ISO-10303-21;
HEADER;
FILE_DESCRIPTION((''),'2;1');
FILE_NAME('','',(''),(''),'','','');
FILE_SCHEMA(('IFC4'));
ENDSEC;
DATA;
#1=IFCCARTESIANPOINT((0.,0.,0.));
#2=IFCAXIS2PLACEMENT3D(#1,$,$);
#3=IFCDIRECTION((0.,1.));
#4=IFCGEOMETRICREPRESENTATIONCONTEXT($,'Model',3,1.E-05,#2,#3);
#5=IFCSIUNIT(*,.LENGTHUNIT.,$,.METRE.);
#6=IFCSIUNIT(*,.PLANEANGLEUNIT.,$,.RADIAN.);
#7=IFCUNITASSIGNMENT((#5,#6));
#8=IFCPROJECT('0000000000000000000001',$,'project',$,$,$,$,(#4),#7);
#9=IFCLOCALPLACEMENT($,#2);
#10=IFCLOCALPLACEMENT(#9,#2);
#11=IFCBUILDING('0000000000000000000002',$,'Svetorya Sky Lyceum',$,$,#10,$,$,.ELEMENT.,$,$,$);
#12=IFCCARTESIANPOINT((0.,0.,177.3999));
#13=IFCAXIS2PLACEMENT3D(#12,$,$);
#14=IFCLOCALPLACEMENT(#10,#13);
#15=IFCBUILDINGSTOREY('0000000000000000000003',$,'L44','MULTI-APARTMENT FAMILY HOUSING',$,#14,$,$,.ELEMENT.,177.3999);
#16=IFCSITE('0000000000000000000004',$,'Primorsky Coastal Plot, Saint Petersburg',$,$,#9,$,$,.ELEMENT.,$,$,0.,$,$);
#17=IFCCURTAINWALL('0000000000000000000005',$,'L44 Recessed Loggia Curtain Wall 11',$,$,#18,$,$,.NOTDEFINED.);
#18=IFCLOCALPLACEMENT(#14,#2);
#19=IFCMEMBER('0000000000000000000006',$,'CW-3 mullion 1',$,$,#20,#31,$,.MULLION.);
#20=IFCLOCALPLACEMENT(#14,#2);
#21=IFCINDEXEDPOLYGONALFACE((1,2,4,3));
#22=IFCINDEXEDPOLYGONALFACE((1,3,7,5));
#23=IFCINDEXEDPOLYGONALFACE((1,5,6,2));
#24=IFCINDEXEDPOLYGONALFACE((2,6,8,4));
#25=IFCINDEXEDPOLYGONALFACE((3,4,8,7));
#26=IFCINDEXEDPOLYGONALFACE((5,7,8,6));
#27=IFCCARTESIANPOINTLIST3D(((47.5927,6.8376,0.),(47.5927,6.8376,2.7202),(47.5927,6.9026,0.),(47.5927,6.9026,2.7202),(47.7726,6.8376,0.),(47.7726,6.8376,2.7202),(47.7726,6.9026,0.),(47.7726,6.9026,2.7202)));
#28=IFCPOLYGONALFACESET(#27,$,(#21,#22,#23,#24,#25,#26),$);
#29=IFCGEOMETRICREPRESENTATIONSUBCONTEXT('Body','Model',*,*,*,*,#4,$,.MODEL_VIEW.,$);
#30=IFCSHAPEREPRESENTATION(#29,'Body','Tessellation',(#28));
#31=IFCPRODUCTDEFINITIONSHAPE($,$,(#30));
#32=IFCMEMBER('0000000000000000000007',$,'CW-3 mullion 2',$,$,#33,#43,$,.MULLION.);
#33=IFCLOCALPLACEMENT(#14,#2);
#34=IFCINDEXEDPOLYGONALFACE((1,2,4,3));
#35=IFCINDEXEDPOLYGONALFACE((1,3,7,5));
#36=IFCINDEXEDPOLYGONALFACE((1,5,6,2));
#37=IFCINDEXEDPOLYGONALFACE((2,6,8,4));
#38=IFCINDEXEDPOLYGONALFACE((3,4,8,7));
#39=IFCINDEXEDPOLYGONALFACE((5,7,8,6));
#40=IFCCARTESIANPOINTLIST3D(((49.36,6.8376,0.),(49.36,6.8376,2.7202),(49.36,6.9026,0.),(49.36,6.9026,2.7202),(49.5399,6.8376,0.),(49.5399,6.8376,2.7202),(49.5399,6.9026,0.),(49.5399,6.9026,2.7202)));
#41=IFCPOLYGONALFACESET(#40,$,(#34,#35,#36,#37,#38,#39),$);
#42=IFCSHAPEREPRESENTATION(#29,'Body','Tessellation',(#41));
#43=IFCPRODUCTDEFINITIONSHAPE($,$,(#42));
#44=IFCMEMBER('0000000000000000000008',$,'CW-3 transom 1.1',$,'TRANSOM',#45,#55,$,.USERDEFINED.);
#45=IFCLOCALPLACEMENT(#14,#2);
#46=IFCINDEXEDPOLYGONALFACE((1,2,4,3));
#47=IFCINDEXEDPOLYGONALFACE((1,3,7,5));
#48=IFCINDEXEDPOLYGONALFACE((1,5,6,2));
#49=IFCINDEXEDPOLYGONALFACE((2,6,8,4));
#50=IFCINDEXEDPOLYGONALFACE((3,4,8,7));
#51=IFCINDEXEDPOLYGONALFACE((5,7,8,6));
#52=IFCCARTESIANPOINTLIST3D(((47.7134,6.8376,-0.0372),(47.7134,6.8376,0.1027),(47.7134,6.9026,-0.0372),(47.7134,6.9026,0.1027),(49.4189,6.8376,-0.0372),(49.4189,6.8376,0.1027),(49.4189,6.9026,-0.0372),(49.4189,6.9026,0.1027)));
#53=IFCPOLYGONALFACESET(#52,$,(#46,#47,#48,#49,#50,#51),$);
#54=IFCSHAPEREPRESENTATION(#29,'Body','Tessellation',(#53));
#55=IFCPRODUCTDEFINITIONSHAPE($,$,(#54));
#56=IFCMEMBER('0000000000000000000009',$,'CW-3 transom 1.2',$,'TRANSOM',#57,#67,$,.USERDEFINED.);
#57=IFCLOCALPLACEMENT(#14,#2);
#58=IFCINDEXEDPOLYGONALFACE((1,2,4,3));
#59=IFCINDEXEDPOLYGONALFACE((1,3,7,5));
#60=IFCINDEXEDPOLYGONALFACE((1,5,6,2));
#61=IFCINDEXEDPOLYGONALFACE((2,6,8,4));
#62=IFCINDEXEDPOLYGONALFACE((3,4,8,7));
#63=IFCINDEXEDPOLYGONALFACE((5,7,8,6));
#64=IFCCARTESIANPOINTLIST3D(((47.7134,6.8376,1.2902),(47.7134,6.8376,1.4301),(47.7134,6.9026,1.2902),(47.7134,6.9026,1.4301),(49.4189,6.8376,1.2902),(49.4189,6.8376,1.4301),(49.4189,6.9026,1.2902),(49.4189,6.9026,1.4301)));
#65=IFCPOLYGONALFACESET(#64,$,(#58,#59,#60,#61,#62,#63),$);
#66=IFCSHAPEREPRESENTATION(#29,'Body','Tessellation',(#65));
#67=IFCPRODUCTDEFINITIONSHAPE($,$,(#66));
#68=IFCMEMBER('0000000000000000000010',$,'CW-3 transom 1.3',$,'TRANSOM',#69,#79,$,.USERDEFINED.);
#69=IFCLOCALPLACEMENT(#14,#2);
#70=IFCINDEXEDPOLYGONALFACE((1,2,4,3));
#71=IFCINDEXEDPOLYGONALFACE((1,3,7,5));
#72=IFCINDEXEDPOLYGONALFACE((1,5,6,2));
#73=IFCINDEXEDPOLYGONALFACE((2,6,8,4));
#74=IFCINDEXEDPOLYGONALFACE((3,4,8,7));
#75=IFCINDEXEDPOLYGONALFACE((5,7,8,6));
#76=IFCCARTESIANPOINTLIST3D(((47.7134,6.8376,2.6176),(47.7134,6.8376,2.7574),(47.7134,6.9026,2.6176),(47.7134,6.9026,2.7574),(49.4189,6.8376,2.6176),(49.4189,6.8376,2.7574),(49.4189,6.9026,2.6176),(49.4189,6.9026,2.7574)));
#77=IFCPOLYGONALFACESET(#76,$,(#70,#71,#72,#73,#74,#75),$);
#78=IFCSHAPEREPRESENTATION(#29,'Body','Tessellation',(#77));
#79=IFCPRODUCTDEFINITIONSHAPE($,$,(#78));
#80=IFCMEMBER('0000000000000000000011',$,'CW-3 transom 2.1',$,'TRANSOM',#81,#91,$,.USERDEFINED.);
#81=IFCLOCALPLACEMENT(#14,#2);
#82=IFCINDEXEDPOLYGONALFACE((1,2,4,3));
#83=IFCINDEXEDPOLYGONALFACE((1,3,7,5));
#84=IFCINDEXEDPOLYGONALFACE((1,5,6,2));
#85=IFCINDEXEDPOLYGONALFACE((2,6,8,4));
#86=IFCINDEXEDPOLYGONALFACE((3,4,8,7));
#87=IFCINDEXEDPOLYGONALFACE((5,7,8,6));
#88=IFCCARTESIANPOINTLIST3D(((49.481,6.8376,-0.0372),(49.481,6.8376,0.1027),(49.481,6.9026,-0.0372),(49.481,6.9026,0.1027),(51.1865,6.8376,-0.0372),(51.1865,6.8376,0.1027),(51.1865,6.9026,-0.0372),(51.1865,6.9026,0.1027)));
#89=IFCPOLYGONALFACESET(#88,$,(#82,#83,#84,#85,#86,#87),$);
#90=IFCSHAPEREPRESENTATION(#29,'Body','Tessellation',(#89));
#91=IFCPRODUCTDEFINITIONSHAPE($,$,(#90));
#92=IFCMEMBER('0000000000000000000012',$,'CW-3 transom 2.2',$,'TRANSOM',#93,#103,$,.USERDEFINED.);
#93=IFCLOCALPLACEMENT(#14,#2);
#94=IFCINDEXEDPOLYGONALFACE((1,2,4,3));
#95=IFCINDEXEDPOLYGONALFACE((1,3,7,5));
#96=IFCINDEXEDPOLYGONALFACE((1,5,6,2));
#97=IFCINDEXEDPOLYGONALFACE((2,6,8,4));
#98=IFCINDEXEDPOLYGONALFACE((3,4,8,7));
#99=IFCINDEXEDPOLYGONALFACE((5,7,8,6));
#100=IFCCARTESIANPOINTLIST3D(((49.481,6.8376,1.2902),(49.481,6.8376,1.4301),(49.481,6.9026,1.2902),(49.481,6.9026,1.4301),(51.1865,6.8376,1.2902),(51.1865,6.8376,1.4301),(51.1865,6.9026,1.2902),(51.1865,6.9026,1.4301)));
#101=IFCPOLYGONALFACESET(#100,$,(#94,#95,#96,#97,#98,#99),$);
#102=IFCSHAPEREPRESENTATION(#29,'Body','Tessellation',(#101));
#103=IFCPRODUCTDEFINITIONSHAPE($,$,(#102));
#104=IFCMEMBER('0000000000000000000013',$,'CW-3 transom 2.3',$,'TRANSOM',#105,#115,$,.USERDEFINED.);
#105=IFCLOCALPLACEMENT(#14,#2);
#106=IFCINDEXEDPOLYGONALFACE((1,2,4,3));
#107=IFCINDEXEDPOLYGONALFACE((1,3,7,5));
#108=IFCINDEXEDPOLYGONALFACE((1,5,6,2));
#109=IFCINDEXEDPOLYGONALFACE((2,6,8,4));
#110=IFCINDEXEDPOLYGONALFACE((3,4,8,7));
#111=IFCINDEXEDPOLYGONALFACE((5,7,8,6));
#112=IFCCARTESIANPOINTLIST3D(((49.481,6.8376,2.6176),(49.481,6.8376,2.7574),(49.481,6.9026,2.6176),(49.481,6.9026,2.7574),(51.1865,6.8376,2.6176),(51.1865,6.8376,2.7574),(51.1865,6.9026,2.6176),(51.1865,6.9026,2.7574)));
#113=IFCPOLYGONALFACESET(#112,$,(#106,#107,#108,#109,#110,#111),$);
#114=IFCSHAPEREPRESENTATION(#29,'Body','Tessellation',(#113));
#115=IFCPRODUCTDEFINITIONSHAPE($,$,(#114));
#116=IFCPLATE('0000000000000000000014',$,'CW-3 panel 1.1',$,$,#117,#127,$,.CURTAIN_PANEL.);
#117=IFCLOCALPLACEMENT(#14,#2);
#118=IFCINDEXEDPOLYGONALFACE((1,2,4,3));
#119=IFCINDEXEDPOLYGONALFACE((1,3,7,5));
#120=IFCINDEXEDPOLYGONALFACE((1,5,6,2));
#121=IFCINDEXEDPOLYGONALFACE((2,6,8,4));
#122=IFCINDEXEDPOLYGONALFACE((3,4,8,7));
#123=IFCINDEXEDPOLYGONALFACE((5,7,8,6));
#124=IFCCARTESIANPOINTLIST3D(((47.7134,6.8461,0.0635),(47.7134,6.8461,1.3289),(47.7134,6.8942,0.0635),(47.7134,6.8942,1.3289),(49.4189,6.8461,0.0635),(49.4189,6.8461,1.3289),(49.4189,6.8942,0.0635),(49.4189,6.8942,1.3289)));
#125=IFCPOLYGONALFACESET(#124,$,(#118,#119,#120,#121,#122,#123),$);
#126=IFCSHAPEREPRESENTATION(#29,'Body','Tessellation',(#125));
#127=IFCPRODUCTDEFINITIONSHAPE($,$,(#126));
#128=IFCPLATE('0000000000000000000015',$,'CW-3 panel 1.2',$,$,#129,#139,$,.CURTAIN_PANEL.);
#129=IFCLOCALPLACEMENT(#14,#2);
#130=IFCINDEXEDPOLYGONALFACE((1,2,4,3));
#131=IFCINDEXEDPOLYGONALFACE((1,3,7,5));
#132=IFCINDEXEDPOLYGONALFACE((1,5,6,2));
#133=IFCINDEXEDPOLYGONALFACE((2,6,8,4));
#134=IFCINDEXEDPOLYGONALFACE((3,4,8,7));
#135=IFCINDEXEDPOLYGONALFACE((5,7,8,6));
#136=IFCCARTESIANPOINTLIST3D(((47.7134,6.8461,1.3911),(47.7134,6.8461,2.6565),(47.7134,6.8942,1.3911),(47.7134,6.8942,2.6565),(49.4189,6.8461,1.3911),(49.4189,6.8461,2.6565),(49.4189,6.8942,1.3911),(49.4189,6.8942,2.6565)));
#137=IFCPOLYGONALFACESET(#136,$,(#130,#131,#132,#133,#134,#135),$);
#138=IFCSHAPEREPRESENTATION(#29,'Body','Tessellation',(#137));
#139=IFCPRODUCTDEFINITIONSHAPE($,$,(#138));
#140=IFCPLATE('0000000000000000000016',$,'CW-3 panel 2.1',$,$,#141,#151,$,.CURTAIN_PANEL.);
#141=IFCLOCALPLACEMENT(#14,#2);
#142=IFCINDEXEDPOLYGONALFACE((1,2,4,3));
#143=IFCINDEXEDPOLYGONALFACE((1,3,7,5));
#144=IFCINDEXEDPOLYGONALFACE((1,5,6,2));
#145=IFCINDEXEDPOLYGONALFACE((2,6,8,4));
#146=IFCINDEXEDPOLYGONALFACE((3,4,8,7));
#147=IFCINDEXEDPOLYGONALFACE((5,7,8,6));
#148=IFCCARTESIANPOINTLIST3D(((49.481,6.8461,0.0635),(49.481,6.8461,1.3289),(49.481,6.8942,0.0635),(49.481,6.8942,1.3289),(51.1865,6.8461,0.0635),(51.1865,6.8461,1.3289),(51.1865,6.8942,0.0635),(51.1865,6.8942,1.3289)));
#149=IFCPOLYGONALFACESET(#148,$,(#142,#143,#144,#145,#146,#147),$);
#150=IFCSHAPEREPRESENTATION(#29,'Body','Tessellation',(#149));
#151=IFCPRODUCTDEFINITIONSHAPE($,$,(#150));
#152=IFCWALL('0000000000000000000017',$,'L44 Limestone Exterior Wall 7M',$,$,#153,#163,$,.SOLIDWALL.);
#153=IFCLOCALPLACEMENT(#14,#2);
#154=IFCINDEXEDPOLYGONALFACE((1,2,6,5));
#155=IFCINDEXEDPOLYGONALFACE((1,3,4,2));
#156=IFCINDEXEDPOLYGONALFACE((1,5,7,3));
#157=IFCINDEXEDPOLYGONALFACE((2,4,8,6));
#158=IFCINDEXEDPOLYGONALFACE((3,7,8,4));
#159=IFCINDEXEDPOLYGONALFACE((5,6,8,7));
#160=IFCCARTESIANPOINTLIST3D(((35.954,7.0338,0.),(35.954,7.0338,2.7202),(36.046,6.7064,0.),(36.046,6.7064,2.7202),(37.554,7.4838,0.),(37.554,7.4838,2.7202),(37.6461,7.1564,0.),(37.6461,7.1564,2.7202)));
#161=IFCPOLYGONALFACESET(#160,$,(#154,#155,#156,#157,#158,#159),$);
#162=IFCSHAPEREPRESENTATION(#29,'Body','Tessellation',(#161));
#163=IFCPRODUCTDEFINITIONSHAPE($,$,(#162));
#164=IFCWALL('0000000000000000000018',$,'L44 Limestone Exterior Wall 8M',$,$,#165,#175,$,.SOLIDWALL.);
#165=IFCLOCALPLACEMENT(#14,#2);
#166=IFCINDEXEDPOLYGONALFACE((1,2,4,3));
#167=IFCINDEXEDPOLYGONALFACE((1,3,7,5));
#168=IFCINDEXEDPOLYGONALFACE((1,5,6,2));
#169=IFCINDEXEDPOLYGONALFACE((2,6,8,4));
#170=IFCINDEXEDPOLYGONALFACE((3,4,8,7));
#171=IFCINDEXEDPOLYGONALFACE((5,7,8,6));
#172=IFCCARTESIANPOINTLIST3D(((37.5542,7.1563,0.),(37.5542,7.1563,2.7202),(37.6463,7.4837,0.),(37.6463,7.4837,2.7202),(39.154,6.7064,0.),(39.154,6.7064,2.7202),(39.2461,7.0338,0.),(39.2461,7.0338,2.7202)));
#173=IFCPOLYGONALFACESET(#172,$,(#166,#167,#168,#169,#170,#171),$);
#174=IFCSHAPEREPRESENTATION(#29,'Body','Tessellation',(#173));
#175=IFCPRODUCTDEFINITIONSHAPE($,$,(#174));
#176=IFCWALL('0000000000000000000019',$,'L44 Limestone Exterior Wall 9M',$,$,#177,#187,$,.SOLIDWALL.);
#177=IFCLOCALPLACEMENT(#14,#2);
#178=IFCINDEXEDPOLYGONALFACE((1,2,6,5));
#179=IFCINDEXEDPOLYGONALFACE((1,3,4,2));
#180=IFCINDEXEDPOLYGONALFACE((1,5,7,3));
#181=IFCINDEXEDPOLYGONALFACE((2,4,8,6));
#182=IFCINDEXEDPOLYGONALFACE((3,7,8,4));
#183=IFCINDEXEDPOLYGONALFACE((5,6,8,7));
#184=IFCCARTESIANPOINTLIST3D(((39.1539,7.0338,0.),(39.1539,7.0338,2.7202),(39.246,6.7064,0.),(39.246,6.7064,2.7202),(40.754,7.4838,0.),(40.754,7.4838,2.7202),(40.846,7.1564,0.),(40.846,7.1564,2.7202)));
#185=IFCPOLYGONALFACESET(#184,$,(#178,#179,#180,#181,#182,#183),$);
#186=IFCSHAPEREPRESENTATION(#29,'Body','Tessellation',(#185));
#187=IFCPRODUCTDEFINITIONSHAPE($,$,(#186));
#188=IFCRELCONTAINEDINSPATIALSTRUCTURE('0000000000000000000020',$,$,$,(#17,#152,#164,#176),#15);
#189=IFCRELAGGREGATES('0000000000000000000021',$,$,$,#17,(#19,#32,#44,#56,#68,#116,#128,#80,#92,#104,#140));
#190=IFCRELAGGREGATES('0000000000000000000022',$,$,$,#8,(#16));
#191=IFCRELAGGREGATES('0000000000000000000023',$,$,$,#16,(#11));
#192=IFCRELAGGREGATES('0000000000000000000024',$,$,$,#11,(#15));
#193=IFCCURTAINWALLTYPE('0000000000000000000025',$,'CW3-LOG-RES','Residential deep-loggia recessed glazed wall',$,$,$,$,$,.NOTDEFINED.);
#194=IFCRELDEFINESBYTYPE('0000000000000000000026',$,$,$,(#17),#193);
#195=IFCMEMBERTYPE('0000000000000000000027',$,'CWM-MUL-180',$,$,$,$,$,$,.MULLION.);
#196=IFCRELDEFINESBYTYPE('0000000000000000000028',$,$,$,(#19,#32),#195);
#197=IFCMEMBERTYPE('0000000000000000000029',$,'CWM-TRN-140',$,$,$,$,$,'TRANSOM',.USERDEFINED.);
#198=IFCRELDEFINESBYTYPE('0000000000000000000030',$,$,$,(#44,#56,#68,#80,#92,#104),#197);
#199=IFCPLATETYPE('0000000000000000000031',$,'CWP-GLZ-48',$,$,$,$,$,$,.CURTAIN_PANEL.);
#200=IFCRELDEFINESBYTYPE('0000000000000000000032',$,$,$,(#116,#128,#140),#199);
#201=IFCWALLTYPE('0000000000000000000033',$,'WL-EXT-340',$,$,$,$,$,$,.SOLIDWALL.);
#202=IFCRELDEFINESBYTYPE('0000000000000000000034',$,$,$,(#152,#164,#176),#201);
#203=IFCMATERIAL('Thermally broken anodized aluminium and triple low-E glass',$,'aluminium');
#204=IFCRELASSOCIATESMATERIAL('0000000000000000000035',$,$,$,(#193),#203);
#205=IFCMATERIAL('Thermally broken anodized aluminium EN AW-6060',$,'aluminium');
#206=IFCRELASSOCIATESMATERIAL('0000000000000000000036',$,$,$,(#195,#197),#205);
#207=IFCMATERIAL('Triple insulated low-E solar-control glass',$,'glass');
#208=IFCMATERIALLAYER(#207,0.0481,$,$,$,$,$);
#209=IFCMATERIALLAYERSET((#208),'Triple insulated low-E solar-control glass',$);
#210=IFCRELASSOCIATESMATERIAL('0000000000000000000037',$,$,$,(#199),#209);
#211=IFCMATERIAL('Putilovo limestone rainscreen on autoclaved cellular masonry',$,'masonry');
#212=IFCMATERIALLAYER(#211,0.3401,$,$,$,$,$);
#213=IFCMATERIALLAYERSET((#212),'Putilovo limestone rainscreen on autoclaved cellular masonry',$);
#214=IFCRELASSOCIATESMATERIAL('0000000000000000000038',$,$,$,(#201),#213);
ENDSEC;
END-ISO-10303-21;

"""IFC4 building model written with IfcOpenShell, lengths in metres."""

from ifc_helpers import new_model, si_unit, direction, frame, frame_2d, origin, origin_2d, place, context, subcontext, project, spatial, rectangle, extrude, material, layer, layer_set, material_profile, profile_set, type_object, element, aggregate, save


model = new_model("IFC4")

# Units and contexts
model_context = context("Model", 3, precision=1e-05, world=origin(), true_north=direction((0.0, 1.0)))
body_context = subcontext(model_context, "Body", "Model", "MODEL_VIEW")
ifc_project = project(units=[si_unit("LENGTHUNIT", "METRE"), si_unit("PLANEANGLEUNIT", "RADIAN")], contexts=[model_context])

# Site, building, storey
site_placement = place(None, origin())
site = spatial("IfcSite", under=ifc_project, at=site_placement, Name="Primorsky Coastal Plot, Saint Petersburg", CompositionType="ELEMENT", RefElevation=0.0)
building_placement = place(site_placement, origin())
building = spatial("IfcBuilding", under=site, at=building_placement, Name="Svetorya Sky Lyceum", CompositionType="ELEMENT")
storey_placement = place(building_placement, frame((0.0, 0.0, 177.3999)))
storey = spatial("IfcBuildingStorey", under=building, at=storey_placement, Name="L44", Description="MULTI-APARTMENT FAMILY HOUSING", CompositionType="ELEMENT", Elevation=177.3999)

# Curtain wall, members, plates
ifc_material_1 = material(Name="Thermally broken anodized aluminium and triple low-E glass", Category="aluminium")
curtain_wall_type = type_object("IfcCurtainWallType", Name="CW3-LOG-RES", Description="Residential deep-loggia recessed glazed wall", PredefinedType="NOTDEFINED", material=ifc_material_1)
curtain_wall_placement = place(storey_placement, origin())
curtain_wall = element("IfcCurtainWall", 1, at=curtain_wall_placement, inside=storey, type_object=curtain_wall_type, Name="L44 Recessed Loggia Curtain Wall 11", PredefinedType="NOTDEFINED")
ifc_material_2 = material(Name="Thermally broken anodized aluminium EN AW-6060", Category="aluminium")
ifc_material_profile_1 = material_profile(ifc_material_2, rectangle(XDim=0.0649, YDim=0.1799, at=origin_2d()), Name="ALU MULLION 65x180")
ifc_profile_set_1 = profile_set([ifc_material_profile_1], Name="Thermally broken anodized aluminium EN AW-6060")
member_type_1 = type_object("IfcMemberType", Name="CWM-MUL-180", PredefinedType="MULLION", material=ifc_profile_set_1)
member_1_placement = place(storey_placement, frame((47.6826, 6.8701, 0.0), z_axis=(0.0, 0.0, 1.0), x_axis=(0.0, 1.0, 0.0)))
member_1 = element("IfcMember", 2, at=member_1_placement, type_object=member_type_1, Name="CW-3 mullion 1", PredefinedType="MULLION", context=body_context, shape_type="SweptSolid", body=[
    extrude(rectangle(XDim=0.0649, YDim=0.1799, at=origin_2d()), origin(), (0.0, 0.0, 1.0), 2.7202),
])
member_2_placement = place(storey_placement, frame((49.45, 6.8701, 0.0), z_axis=(0.0, 0.0, 1.0), x_axis=(0.0, 1.0, 0.0)))
member_2 = element("IfcMember", 3, at=member_2_placement, type_object=member_type_1, Name="CW-3 mullion 2", PredefinedType="MULLION", context=body_context, shape_type="SweptSolid", body=[
    extrude(rectangle(XDim=0.0649, YDim=0.1799, at=origin_2d()), origin(), (0.0, 0.0, 1.0), 2.7202),
])
ifc_material_profile_2 = material_profile(ifc_material_2, rectangle(XDim=0.0649, YDim=0.1399, at=origin_2d()), Name="ALU TRANSOM 65x140")
ifc_profile_set_2 = profile_set([ifc_material_profile_2], Name="Thermally broken anodized aluminium EN AW-6060")
member_type_2 = type_object("IfcMemberType", Name="CWM-TRN-140", ElementType="TRANSOM", PredefinedType="USERDEFINED", material=ifc_profile_set_2)
member_3_placement = place(storey_placement, frame((47.7134, 6.8701, 0.0327), z_axis=(1.0, 0.0, 0.0), x_axis=(0.0, 1.0, 0.0)))
member_3 = element("IfcMember", 4, at=member_3_placement, type_object=member_type_2, Name="CW-3 transom 1.1", ObjectType="TRANSOM", PredefinedType="USERDEFINED", context=body_context, shape_type="SweptSolid", body=[
    extrude(rectangle(XDim=0.0649, YDim=0.1399, at=origin_2d()), origin(), (0.0, 0.0, 1.0), 1.7056),
])
member_4_placement = place(storey_placement, frame((47.7134, 6.8701, 1.3601), z_axis=(1.0, 0.0, 0.0), x_axis=(0.0, 1.0, 0.0)))
member_4 = element("IfcMember", 5, at=member_4_placement, type_object=member_type_2, Name="CW-3 transom 1.2", ObjectType="TRANSOM", PredefinedType="USERDEFINED", context=body_context, shape_type="SweptSolid", body=[
    extrude(rectangle(XDim=0.0649, YDim=0.1399, at=origin_2d()), origin(), (0.0, 0.0, 1.0), 1.7056),
])
member_5_placement = place(storey_placement, frame((47.7134, 6.8701, 2.6875), z_axis=(1.0, 0.0, 0.0), x_axis=(0.0, 1.0, 0.0)))
member_5 = element("IfcMember", 6, at=member_5_placement, type_object=member_type_2, Name="CW-3 transom 1.3", ObjectType="TRANSOM", PredefinedType="USERDEFINED", context=body_context, shape_type="SweptSolid", body=[
    extrude(rectangle(XDim=0.0649, YDim=0.1399, at=origin_2d()), origin(), (0.0, 0.0, 1.0), 1.7056),
])
member_6_placement = place(storey_placement, frame((49.481, 6.8701, 0.0327), z_axis=(1.0, 0.0, 0.0), x_axis=(0.0, 1.0, 0.0)))
member_6 = element("IfcMember", 7, at=member_6_placement, type_object=member_type_2, Name="CW-3 transom 2.1", ObjectType="TRANSOM", PredefinedType="USERDEFINED", context=body_context, shape_type="SweptSolid", body=[
    extrude(rectangle(XDim=0.0649, YDim=0.1399, at=origin_2d()), origin(), (0.0, 0.0, 1.0), 1.7056),
])
member_7_placement = place(storey_placement, frame((49.481, 6.8701, 1.3601), z_axis=(1.0, 0.0, 0.0), x_axis=(0.0, 1.0, 0.0)))
member_7 = element("IfcMember", 8, at=member_7_placement, type_object=member_type_2, Name="CW-3 transom 2.2", ObjectType="TRANSOM", PredefinedType="USERDEFINED", context=body_context, shape_type="SweptSolid", body=[
    extrude(rectangle(XDim=0.0649, YDim=0.1399, at=origin_2d()), origin(), (0.0, 0.0, 1.0), 1.7056),
])
member_8_placement = place(storey_placement, frame((49.481, 6.8701, 2.6875), z_axis=(1.0, 0.0, 0.0), x_axis=(0.0, 1.0, 0.0)))
member_8 = element("IfcMember", 9, at=member_8_placement, type_object=member_type_2, Name="CW-3 transom 2.3", ObjectType="TRANSOM", PredefinedType="USERDEFINED", context=body_context, shape_type="SweptSolid", body=[
    extrude(rectangle(XDim=0.0649, YDim=0.1399, at=origin_2d()), origin(), (0.0, 0.0, 1.0), 1.7056),
])
ifc_material_3 = material(Name="Triple insulated low-E solar-control glass", Category="glass")
ifc_layer_1 = layer(ifc_material_3, 0.0481)
ifc_layer_set_1 = layer_set([ifc_layer_1], Name="Triple insulated low-E solar-control glass")
plate_type = type_object("IfcPlateType", Name="CWP-GLZ-48", PredefinedType="CURTAIN_PANEL", material=ifc_layer_set_1)
plate_1_placement = place(storey_placement, frame((48.5662, 6.8701, 0.0635), z_axis=(0.0, 0.0, 1.0), x_axis=(1.0, 0.0, 0.0)))
plate_1 = element("IfcPlate", 10, at=plate_1_placement, type_object=plate_type, Name="CW-3 panel 1.1", PredefinedType="CURTAIN_PANEL", context=body_context, shape_type="SweptSolid", body=[
    extrude(rectangle(XDim=1.7056, YDim=0.0481, at=origin_2d()), origin(), (0.0, 0.0, 1.0), 1.2654),
])
plate_2_placement = place(storey_placement, frame((48.5662, 6.8701, 1.3911), z_axis=(0.0, 0.0, 1.0), x_axis=(1.0, 0.0, 0.0)))
plate_2 = element("IfcPlate", 11, at=plate_2_placement, type_object=plate_type, Name="CW-3 panel 1.2", PredefinedType="CURTAIN_PANEL", context=body_context, shape_type="SweptSolid", body=[
    extrude(rectangle(XDim=1.7056, YDim=0.0481, at=origin_2d()), origin(), (0.0, 0.0, 1.0), 1.2654),
])
plate_3_placement = place(storey_placement, frame((50.3337, 6.8701, 0.0635), z_axis=(0.0, 0.0, 1.0), x_axis=(1.0, 0.0, 0.0)))
plate_3 = element("IfcPlate", 12, at=plate_3_placement, type_object=plate_type, Name="CW-3 panel 2.1", PredefinedType="CURTAIN_PANEL", context=body_context, shape_type="SweptSolid", body=[
    extrude(rectangle(XDim=1.7056, YDim=0.0481, at=origin_2d()), origin(), (0.0, 0.0, 1.0), 1.2654),
])
aggregate(curtain_wall, [member_1, member_2, member_3, member_4, member_5, plate_1, plate_2, member_6, member_7, member_8, plate_3])

# Walls
ifc_material_4 = material(Name="Putilovo limestone rainscreen on autoclaved cellular masonry", Category="masonry")
ifc_layer_2 = layer(ifc_material_4, 0.3401)
ifc_layer_set_2 = layer_set([ifc_layer_2], Name="Putilovo limestone rainscreen on autoclaved cellular masonry")
wall_type_1 = type_object("IfcWallType", Name="WL-EXT-340", PredefinedType="SOLIDWALL", material=ifc_layer_set_2)
wall_1_placement = place(storey_placement, frame((36.0, 6.8701, 0.0), z_axis=(0.0, 0.0, 1.0), x_axis=(0.962663, 0.270703, 0.0)))
element("IfcWall", 13, at=wall_1_placement, inside=storey, type_object=wall_type_1, Name="L44 Limestone Exterior Wall 7M", PredefinedType="SOLIDWALL", context=body_context, shape_type="SweptSolid", body=[
    extrude(rectangle(XDim=1.6621, YDim=0.3401, at=frame_2d((0.8311, 0.0))), origin(), (0.0, 0.0, 1.0), 2.7202),
])
wall_2_placement = place(storey_placement, frame((37.6001, 7.3201, 0.0), z_axis=(0.0, 0.0, 1.0), x_axis=(0.962652, -0.270741, 0.0)))
element("IfcWall", 14, at=wall_2_placement, inside=storey, type_object=wall_type_1, Name="L44 Limestone Exterior Wall 8M", PredefinedType="SOLIDWALL", context=body_context, shape_type="SweptSolid", body=[
    extrude(rectangle(XDim=1.6619, YDim=0.3401, at=frame_2d((0.8311, 0.0))), origin(), (0.0, 0.0, 1.0), 2.7202),
])
wall_3_placement = place(storey_placement, frame((39.2, 6.8701, 0.0), z_axis=(0.0, 0.0, 1.0), x_axis=(0.962663, 0.270703, 0.0)))
element("IfcWall", 15, at=wall_3_placement, inside=storey, type_object=wall_type_1, Name="L44 Limestone Exterior Wall 9M", PredefinedType="SOLIDWALL", context=body_context, shape_type="SweptSolid", body=[
    extrude(rectangle(XDim=1.6621, YDim=0.3401, at=frame_2d((0.8311, 0.0))), origin(), (0.0, 0.0, 1.0), 2.7202),
])

save(model, "model.ifc")
